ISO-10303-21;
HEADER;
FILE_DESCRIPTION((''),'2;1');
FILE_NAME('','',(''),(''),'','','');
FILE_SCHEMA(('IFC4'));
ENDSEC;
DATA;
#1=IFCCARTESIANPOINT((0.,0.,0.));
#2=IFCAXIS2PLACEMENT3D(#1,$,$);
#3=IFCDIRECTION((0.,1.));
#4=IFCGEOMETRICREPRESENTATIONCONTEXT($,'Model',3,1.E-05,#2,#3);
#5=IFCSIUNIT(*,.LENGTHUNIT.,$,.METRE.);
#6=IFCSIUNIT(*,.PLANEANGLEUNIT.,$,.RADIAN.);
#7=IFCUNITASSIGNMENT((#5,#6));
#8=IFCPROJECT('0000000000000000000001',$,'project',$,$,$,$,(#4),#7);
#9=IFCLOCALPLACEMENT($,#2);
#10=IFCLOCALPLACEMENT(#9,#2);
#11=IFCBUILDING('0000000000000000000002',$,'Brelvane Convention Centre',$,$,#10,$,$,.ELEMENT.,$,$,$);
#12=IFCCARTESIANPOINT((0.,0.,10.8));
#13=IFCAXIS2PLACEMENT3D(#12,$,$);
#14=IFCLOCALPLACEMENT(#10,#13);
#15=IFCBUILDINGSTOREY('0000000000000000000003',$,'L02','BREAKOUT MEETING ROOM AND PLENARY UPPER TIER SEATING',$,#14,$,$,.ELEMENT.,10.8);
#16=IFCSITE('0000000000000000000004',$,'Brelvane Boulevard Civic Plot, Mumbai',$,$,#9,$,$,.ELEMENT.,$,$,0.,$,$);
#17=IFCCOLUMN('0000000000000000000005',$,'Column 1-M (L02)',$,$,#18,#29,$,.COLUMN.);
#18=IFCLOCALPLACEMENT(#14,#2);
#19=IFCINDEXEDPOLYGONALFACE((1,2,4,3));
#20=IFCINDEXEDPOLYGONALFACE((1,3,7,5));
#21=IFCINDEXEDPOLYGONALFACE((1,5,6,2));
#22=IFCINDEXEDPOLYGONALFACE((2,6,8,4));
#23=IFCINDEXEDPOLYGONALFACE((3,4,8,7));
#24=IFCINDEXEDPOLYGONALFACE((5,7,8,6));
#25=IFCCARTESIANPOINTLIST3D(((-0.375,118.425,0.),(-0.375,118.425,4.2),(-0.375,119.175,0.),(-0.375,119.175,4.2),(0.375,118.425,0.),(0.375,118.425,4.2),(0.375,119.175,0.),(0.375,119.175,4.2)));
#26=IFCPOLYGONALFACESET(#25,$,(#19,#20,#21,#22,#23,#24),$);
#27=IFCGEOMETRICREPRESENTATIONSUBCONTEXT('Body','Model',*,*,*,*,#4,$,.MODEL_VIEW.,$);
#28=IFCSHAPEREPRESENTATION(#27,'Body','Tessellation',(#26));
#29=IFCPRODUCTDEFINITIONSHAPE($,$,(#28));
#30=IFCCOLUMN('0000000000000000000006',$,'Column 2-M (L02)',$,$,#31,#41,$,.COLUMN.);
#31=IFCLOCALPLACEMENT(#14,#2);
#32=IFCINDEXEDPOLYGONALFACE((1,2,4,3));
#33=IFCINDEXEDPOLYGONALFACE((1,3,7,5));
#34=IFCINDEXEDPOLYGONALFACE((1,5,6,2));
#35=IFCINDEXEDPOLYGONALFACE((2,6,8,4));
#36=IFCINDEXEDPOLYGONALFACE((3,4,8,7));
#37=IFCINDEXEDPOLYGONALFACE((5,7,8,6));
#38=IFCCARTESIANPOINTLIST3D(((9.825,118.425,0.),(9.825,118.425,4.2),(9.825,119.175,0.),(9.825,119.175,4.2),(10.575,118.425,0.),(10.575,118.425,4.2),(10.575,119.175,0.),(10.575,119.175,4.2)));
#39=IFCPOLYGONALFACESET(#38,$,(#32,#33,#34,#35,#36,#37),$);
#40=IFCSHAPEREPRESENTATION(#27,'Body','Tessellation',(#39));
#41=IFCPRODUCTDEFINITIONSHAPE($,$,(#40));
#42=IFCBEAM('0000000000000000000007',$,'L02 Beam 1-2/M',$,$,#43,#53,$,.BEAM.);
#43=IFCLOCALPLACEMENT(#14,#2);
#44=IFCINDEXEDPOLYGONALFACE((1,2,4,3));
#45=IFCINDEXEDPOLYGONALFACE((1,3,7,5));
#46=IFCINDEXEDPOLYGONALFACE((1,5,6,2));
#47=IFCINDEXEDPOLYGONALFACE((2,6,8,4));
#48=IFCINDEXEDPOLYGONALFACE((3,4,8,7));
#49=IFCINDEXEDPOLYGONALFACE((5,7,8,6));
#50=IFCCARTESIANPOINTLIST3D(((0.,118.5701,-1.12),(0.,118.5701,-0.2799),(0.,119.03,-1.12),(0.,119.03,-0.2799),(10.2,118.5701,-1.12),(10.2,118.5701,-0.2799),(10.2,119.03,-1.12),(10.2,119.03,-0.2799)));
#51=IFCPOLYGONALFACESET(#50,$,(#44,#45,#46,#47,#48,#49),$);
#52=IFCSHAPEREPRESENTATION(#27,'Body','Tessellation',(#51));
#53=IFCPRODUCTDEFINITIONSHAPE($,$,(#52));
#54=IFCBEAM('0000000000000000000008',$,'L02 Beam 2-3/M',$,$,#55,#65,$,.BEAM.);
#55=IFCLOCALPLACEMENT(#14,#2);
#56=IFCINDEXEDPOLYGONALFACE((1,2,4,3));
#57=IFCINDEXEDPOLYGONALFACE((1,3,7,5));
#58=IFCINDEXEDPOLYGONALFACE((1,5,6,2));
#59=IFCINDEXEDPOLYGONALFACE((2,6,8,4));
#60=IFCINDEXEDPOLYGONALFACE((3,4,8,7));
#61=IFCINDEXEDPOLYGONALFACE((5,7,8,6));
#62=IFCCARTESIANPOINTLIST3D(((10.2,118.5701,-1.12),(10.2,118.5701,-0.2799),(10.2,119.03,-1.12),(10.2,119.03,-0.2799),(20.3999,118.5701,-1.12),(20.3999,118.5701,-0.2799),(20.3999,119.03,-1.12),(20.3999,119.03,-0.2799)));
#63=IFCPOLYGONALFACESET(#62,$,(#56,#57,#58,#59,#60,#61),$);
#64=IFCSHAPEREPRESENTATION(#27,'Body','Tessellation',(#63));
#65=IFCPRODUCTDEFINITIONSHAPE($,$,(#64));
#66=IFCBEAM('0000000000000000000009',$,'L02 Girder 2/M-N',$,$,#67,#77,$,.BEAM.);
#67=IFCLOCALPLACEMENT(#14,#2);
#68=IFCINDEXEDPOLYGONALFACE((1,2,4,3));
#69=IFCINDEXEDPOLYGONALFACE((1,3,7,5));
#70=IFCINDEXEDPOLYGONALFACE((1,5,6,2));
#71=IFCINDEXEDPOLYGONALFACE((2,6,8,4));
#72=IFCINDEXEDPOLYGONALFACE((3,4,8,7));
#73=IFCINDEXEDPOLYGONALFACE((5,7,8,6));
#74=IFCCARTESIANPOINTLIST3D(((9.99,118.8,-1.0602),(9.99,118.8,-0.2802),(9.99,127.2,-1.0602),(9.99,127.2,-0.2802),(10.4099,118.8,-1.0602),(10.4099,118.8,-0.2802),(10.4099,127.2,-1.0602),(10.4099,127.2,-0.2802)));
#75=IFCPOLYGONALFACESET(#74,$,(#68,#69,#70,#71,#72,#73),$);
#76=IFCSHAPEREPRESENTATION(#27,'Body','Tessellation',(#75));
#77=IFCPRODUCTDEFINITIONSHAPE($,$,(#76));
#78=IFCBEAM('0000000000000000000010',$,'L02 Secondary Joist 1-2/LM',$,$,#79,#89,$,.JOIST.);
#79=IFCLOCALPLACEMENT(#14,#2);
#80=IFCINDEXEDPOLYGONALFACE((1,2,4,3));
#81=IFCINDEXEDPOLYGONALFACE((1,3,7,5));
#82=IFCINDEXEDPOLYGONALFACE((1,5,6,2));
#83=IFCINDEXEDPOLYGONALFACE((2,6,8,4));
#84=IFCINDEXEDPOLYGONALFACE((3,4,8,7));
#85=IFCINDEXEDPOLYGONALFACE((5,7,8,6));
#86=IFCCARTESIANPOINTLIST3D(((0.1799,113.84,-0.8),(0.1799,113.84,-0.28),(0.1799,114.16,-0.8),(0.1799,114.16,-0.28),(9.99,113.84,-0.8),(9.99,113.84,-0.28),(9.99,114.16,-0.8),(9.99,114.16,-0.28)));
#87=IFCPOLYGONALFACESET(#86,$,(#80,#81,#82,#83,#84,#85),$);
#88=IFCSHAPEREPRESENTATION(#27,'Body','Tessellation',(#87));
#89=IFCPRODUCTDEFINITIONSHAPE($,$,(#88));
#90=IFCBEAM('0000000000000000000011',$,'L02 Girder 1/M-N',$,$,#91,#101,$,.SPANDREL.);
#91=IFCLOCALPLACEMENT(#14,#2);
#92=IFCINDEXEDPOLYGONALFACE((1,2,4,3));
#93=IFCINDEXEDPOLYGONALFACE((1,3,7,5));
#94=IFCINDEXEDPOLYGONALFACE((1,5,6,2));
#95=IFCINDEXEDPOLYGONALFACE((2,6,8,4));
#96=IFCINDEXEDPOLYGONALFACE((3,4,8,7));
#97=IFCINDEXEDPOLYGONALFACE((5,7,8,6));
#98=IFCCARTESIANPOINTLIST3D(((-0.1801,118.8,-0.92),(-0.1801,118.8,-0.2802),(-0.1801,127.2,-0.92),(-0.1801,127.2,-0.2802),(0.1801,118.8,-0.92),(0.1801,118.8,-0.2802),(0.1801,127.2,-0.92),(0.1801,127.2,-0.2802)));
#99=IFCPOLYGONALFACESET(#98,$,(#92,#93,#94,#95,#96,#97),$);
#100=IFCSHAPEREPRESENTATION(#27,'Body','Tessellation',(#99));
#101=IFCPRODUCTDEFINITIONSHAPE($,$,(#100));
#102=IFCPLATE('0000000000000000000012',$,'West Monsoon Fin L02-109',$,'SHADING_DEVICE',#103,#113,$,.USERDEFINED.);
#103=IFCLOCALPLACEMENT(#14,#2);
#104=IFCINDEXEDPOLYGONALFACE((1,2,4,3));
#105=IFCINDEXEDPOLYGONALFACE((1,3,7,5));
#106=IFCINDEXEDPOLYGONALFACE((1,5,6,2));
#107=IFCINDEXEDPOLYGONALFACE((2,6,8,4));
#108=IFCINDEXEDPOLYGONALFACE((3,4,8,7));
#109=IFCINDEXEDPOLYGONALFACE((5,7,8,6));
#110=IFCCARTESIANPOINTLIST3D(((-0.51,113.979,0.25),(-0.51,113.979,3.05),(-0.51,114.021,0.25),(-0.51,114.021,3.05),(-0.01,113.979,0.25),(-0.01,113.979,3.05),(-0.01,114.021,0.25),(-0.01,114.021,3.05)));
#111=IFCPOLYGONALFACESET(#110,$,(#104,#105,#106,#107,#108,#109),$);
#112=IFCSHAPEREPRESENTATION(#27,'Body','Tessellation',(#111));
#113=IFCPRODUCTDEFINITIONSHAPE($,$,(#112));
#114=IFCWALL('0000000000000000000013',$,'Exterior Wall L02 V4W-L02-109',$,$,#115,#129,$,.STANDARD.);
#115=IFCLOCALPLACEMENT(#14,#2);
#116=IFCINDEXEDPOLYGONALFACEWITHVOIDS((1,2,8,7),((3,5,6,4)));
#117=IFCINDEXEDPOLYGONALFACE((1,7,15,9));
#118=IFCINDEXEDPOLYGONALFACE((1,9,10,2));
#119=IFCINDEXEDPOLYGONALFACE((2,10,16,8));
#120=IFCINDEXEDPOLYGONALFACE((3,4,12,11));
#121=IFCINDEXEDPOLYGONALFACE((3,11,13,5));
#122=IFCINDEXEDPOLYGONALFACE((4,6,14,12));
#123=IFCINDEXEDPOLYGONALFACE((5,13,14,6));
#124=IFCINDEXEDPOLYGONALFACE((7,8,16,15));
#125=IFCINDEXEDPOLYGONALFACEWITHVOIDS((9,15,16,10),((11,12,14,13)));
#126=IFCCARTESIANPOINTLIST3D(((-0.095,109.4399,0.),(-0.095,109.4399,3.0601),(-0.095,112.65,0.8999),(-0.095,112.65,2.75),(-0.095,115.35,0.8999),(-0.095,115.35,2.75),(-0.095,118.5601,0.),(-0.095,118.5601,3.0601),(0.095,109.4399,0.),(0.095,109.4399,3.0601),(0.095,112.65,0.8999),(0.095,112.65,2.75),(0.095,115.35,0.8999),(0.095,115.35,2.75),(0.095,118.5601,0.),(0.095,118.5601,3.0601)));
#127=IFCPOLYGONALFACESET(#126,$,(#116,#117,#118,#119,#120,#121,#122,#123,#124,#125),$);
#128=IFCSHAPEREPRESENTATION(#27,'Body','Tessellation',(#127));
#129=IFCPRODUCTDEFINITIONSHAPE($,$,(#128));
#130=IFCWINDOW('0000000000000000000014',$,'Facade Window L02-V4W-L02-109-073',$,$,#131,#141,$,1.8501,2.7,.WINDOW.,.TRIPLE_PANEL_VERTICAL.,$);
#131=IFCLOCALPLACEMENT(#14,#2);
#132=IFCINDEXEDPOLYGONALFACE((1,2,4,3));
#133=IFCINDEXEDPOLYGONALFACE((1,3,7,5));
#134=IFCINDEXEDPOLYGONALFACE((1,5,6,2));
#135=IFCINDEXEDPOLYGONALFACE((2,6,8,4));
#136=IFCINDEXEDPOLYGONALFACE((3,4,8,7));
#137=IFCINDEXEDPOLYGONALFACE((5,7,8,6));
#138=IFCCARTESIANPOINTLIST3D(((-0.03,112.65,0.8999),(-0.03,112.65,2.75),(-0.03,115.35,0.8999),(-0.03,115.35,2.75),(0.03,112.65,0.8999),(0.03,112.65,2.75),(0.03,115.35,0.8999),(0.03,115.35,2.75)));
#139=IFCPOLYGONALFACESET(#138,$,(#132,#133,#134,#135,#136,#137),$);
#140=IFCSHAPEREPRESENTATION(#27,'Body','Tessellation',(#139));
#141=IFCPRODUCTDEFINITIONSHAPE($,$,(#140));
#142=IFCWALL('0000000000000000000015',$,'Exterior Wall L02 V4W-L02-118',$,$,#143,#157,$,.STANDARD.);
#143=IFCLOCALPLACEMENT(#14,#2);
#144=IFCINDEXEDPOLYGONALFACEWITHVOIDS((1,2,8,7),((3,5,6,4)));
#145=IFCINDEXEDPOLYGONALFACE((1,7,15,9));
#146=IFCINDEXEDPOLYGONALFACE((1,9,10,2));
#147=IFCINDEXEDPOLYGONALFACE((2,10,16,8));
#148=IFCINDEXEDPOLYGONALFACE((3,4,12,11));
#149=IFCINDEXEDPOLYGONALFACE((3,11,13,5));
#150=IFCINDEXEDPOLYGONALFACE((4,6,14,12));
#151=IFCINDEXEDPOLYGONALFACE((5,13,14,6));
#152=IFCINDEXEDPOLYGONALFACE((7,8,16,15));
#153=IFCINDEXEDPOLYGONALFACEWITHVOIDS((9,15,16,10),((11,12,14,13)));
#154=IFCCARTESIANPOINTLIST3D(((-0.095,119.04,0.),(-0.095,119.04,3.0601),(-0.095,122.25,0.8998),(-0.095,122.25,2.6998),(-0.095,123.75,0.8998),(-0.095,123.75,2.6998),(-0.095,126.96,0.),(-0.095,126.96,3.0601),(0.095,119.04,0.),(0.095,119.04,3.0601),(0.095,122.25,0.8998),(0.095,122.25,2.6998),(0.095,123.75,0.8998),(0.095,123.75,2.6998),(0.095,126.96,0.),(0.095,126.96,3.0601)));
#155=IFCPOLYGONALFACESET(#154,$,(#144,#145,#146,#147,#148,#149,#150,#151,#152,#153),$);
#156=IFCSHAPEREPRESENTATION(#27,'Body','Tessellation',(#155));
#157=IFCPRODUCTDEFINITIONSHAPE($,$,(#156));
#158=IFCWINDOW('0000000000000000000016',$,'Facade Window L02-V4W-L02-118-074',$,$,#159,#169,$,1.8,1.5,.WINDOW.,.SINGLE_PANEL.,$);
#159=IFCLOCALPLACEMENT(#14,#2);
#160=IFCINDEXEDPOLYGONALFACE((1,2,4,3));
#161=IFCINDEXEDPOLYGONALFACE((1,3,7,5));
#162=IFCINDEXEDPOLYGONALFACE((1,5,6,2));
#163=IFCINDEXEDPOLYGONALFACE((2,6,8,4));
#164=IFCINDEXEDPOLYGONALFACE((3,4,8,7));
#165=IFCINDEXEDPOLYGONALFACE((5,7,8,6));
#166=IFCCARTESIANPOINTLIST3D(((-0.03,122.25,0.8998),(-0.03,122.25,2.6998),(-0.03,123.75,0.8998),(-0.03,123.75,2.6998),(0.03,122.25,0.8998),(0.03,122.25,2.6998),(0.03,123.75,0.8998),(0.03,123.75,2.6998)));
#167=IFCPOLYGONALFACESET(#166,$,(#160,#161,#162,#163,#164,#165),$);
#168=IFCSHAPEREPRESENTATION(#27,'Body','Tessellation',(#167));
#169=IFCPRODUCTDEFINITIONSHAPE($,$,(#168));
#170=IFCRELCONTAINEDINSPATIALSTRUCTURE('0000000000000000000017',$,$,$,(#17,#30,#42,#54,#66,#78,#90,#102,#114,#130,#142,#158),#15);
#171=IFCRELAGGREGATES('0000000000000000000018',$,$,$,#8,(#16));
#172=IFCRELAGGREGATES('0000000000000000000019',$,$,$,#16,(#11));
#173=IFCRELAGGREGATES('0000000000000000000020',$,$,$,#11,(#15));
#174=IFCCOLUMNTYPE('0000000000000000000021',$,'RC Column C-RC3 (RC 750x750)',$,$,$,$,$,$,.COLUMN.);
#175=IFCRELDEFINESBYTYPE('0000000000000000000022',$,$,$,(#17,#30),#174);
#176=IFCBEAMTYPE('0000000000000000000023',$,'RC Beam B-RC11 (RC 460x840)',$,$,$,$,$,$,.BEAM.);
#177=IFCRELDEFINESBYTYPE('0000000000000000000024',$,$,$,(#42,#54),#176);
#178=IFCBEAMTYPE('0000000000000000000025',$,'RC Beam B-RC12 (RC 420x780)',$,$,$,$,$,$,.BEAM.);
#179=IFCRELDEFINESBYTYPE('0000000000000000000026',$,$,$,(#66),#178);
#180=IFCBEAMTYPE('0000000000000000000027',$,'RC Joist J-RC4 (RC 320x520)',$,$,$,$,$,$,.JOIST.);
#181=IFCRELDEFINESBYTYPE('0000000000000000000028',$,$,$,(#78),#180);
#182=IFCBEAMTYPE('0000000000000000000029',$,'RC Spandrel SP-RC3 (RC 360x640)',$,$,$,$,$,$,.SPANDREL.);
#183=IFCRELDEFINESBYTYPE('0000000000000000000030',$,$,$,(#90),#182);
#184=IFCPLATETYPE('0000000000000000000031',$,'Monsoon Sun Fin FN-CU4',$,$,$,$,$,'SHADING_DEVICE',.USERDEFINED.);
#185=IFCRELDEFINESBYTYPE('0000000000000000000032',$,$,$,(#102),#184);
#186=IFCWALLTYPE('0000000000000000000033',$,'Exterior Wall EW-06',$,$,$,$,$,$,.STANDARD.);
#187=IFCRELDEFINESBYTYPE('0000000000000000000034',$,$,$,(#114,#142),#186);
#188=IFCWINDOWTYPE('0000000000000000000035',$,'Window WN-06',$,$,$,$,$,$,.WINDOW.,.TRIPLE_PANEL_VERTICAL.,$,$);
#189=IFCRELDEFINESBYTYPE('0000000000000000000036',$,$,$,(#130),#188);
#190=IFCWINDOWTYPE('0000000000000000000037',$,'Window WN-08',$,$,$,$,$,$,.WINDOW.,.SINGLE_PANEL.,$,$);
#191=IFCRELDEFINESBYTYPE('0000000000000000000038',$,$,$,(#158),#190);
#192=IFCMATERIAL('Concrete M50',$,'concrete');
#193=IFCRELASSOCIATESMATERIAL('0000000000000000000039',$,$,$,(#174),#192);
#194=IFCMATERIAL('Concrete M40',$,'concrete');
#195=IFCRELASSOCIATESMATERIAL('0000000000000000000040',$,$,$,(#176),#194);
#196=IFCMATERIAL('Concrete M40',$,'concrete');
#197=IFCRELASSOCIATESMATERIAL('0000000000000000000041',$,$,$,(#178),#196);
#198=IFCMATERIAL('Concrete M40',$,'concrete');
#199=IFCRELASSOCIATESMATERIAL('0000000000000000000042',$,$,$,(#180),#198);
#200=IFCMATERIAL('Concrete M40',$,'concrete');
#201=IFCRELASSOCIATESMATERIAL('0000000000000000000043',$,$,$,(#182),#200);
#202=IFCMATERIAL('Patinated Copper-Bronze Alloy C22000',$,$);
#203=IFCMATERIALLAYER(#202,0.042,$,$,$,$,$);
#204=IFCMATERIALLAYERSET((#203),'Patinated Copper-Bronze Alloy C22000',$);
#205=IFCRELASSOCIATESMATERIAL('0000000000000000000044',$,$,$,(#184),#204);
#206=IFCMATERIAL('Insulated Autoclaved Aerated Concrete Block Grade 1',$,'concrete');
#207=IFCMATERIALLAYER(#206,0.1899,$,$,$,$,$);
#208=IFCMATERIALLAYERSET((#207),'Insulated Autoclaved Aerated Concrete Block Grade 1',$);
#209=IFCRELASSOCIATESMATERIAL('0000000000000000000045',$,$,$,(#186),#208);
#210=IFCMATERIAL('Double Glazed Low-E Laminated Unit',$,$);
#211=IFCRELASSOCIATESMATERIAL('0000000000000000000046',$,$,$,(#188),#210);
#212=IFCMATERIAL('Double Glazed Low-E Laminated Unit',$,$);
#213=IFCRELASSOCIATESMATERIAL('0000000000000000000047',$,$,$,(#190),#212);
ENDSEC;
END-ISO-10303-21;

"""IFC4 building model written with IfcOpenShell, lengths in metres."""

from ifc_helpers import new_model, si_unit, direction, frame, frame_2d, origin, origin_2d, place, context, subcontext, project, spatial, rectangle, extrude, material, layer, layer_set, material_profile, profile_set, type_object, element, fill, save


model = new_model("IFC4")

# Units and contexts
model_context = context("Model", 3, precision=1e-05, world=origin(), true_north=direction((0.0, 1.0)))
body_context = subcontext(model_context, "Body", "Model", "MODEL_VIEW")
ifc_project = project(units=[si_unit("LENGTHUNIT", "METRE"), si_unit("PLANEANGLEUNIT", "RADIAN")], contexts=[model_context])

# Site, building, storey
site_placement = place(None, origin())
site = spatial("IfcSite", under=ifc_project, at=site_placement, Name="Brelvane Boulevard Civic Plot, Mumbai", CompositionType="ELEMENT", RefElevation=0.0)
building_placement = place(site_placement, origin())
building = spatial("IfcBuilding", under=site, at=building_placement, Name="Brelvane Convention Centre", CompositionType="ELEMENT")
storey_placement = place(building_placement, frame((0.0, 0.0, 10.8)))
storey = spatial("IfcBuildingStorey", under=building, at=storey_placement, Name="L02", Description="BREAKOUT MEETING ROOM AND PLENARY UPPER TIER SEATING", CompositionType="ELEMENT", Elevation=10.8)

# Columns
ifc_material_1 = material(Name="Concrete M50", Category="concrete")
ifc_material_profile_1 = material_profile(ifc_material_1, rectangle(XDim=0.75, YDim=0.75, at=origin_2d()), Name="RC 750x750")
ifc_profile_set_1 = profile_set([ifc_material_profile_1], Name="Concrete M50")
column_type = type_object("IfcColumnType", Name="RC Column C-RC3 (RC 750x750)", PredefinedType="COLUMN", material=ifc_profile_set_1)
for number, where, z_axis, x_axis, name in (
    (1, (0.0, 118.8, 0.0), (0.0, 0.0, 1.0), (1.0, 0.0, 0.0), "Column 1-M (L02)"),
    (2, (10.2, 118.8, 0.0), (0.0, 0.0, 1.0), (1.0, 0.0, 0.0), "Column 2-M (L02)"),
):
    element("IfcColumn", number, at=place(storey_placement, frame(where, z_axis=z_axis, x_axis=x_axis)), inside=storey, type_object=column_type, Name=name, PredefinedType="COLUMN", context=body_context, shape_type="SweptSolid", body=[
        extrude(rectangle(XDim=0.75, YDim=0.75, at=origin_2d()), origin(), (0.0, 0.0, 1.0), 4.2),
    ])

# Beams
ifc_material_2 = material(Name="Concrete M40", Category="concrete")
ifc_material_profile_2 = material_profile(ifc_material_2, rectangle(XDim=0.46, YDim=0.8401, at=origin_2d()), Name="RC 460x840")
ifc_profile_set_2 = profile_set([ifc_material_profile_2], Name="Concrete M40")
beam_type_1 = type_object("IfcBeamType", Name="RC Beam B-RC11 (RC 460x840)", PredefinedType="BEAM", material=ifc_profile_set_2)
for number, where, z_axis, x_axis, name in (
    (3, (0.0, 118.8, -0.7), (1.0, 0.0, 0.0), (0.0, 1.0, 0.0), "L02 Beam 1-2/M"),
    (4, (10.2, 118.8, -0.7), (1.0, 0.0, 0.0), (0.0, 1.0, 0.0), "L02 Beam 2-3/M"),
):
    element("IfcBeam", number, at=place(storey_placement, frame(where, z_axis=z_axis, x_axis=x_axis)), inside=storey, type_object=beam_type_1, Name=name, PredefinedType="BEAM", context=body_context, shape_type="SweptSolid", body=[
        extrude(rectangle(XDim=0.46, YDim=0.8401, at=origin_2d()), origin(), (0.0, 0.0, 1.0), 10.2),
    ])
ifc_material_3 = material(Name="Concrete M40", Category="concrete")
ifc_material_profile_3 = material_profile(ifc_material_3, rectangle(XDim=0.4199, YDim=0.78, at=origin_2d()), Name="RC 420x780")
ifc_profile_set_3 = profile_set([ifc_material_profile_3], Name="Concrete M40")
beam_type_2 = type_object("IfcBeamType", Name="RC Beam B-RC12 (RC 420x780)", PredefinedType="BEAM", material=ifc_profile_set_3)
beam_1_placement = place(storey_placement, frame((10.2, 118.8, -0.6702), z_axis=(0.0, 1.0, 0.0), x_axis=(-1.0, 0.0, 0.0)))
element("IfcBeam", 5, at=beam_1_placement, inside=storey, type_object=beam_type_2, Name="L02 Girder 2/M-N", PredefinedType="BEAM", context=body_context, shape_type="SweptSolid", body=[
    extrude(rectangle(XDim=0.4199, YDim=0.78, at=origin_2d()), origin(), (0.0, 0.0, 1.0), 8.3999),
])
ifc_material_4 = material(Name="Concrete M40", Category="concrete")
ifc_material_profile_4 = material_profile(ifc_material_4, rectangle(XDim=0.3201, YDim=0.52, at=origin_2d()), Name="RC 320x520")
ifc_profile_set_4 = profile_set([ifc_material_profile_4], Name="Concrete M40")
beam_type_3 = type_object("IfcBeamType", Name="RC Joist J-RC4 (RC 320x520)", PredefinedType="JOIST", material=ifc_profile_set_4)
beam_2_placement = place(storey_placement, frame((0.1799, 114.0, -0.54), z_axis=(1.0, 0.0, 0.0), x_axis=(0.0, 1.0, 0.0)))
element("IfcBeam", 6, at=beam_2_placement, inside=storey, type_object=beam_type_3, Name="L02 Secondary Joist 1-2/LM", PredefinedType="JOIST", context=body_context, shape_type="SweptSolid", body=[
    extrude(rectangle(XDim=0.3201, YDim=0.52, at=origin_2d()), origin(), (0.0, 0.0, 1.0), 9.8101),
])
ifc_material_5 = material(Name="Concrete M40", Category="concrete")
ifc_material_profile_5 = material_profile(ifc_material_5, rectangle(XDim=0.3601, YDim=0.6399, at=origin_2d()), Name="RC 360x640")
ifc_profile_set_5 = profile_set([ifc_material_profile_5], Name="Concrete M40")
beam_type_4 = type_object("IfcBeamType", Name="RC Spandrel SP-RC3 (RC 360x640)", PredefinedType="SPANDREL", material=ifc_profile_set_5)
beam_3_placement = place(storey_placement, frame((0.0, 118.8, -0.6001), z_axis=(0.0, 1.0, 0.0), x_axis=(-1.0, 0.0, 0.0)))
element("IfcBeam", 7, at=beam_3_placement, inside=storey, type_object=beam_type_4, Name="L02 Girder 1/M-N", PredefinedType="SPANDREL", context=body_context, shape_type="SweptSolid", body=[
    extrude(rectangle(XDim=0.3601, YDim=0.6399, at=origin_2d()), origin(), (0.0, 0.0, 1.0), 8.3999),
])

# Plate
ifc_material_6 = material(Name="Patinated Copper-Bronze Alloy C22000")
ifc_layer_1 = layer(ifc_material_6, 0.042)
ifc_layer_set_1 = layer_set([ifc_layer_1], Name="Patinated Copper-Bronze Alloy C22000")
plate_type = type_object("IfcPlateType", Name="Monsoon Sun Fin FN-CU4", ElementType="SHADING_DEVICE", PredefinedType="USERDEFINED", material=ifc_layer_set_1)
plate_placement = place(storey_placement, frame((-0.26, 114.0, 0.25), z_axis=(0.0, 0.0, 1.0), x_axis=(1.0, 0.0, 0.0)))
element("IfcPlate", 8, at=plate_placement, inside=storey, type_object=plate_type, Name="West Monsoon Fin L02-109", ObjectType="SHADING_DEVICE", PredefinedType="USERDEFINED", context=body_context, shape_type="SweptSolid", body=[
    extrude(rectangle(XDim=0.5, YDim=0.042, at=origin_2d()), origin(), (0.0, 0.0, 1.0), 2.8),
])

# Walls, openings, windows
ifc_material_7 = material(Name="Insulated Autoclaved Aerated Concrete Block Grade 1", Category="concrete")
ifc_layer_2 = layer(ifc_material_7, 0.1899)
ifc_layer_set_2 = layer_set([ifc_layer_2], Name="Insulated Autoclaved Aerated Concrete Block Grade 1")
wall_type_1 = type_object("IfcWallType", Name="Exterior Wall EW-06", PredefinedType="STANDARD", material=ifc_layer_set_2)
wall_1_placement = place(storey_placement, frame((0.0, 109.4399, 0.0), z_axis=(0.0, 0.0, 1.0), x_axis=(0.0, 1.0, 0.0)))
wall_1 = element("IfcWall", 9, at=wall_1_placement, inside=storey, type_object=wall_type_1, Name="Exterior Wall L02 V4W-L02-109", PredefinedType="STANDARD", context=body_context, shape_type="SweptSolid", body=[
    extrude(rectangle(XDim=9.1201, YDim=0.1899, at=frame_2d((4.5601, 0.0))), origin(), (0.0, 0.0, 1.0), 3.0601),
])
opening_1_placement = place(wall_1_placement, frame((3.21, 0.0, 0.8999)))
opening_1 = element("IfcOpeningElement", 10, at=opening_1_placement, cuts=wall_1, PredefinedType="OPENING", context=body_context, shape_type="SweptSolid", body=[
    extrude(rectangle(XDim=2.7, YDim=1.8501, at=frame_2d((1.3501, 0.925))), frame((0.0, 0.105, 0.0), z_axis=(0.0, -1.0, 0.0), x_axis=(1.0, 0.0, 0.0)), (0.0, 0.0, 1.0), 0.21),
])
ifc_material_8 = material(Name="Double Glazed Low-E Laminated Unit")
window_type_1 = type_object("IfcWindowType", Name="Window WN-06", PartitioningType="TRIPLE_PANEL_VERTICAL", PredefinedType="WINDOW", material=ifc_material_8)
window_1_placement = place(opening_1_placement, origin())
window_1 = element("IfcWindow", 11, at=window_1_placement, inside=storey, type_object=window_type_1, Name="Facade Window L02-V4W-L02-109-073", OverallHeight=1.8501, OverallWidth=2.7, PartitioningType="TRIPLE_PANEL_VERTICAL", PredefinedType="WINDOW", context=body_context, shape_type="SweptSolid", body=[
    extrude(rectangle(XDim=2.7, YDim=1.8501, at=frame_2d((1.3501, 0.925))), frame((0.0, 0.03, 0.0), z_axis=(0.0, -1.0, 0.0), x_axis=(1.0, 0.0, 0.0)), (0.0, 0.0, 1.0), 0.0601),
])
fill(opening_1, window_1)
wall_2_placement = place(storey_placement, frame((0.0, 119.04, 0.0), z_axis=(0.0, 0.0, 1.0), x_axis=(0.0, 1.0, 0.0)))
wall_2 = element("IfcWall", 12, at=wall_2_placement, inside=storey, type_object=wall_type_1, Name="Exterior Wall L02 V4W-L02-118", PredefinedType="STANDARD", context=body_context, shape_type="SweptSolid", body=[
    extrude(rectangle(XDim=7.9199, YDim=0.1899, at=frame_2d((3.96, 0.0))), origin(), (0.0, 0.0, 1.0), 3.0601),
])
opening_2_placement = place(wall_2_placement, frame((3.21, 0.0, 0.8999)))
opening_2 = element("IfcOpeningElement", 13, at=opening_2_placement, cuts=wall_2, PredefinedType="OPENING", context=body_context, shape_type="SweptSolid", body=[
    extrude(rectangle(XDim=1.5, YDim=1.8, at=frame_2d((0.75, 0.8999))), frame((0.0, 0.105, 0.0), z_axis=(0.0, -1.0, 0.0), x_axis=(1.0, 0.0, 0.0)), (0.0, 0.0, 1.0), 0.21),
])
ifc_material_9 = material(Name="Double Glazed Low-E Laminated Unit")
window_type_2 = type_object("IfcWindowType", Name="Window WN-08", PartitioningType="SINGLE_PANEL", PredefinedType="WINDOW", material=ifc_material_9)
window_2_placement = place(opening_2_placement, origin())
window_2 = element("IfcWindow", 14, at=window_2_placement, inside=storey, type_object=window_type_2, Name="Facade Window L02-V4W-L02-118-074", OverallHeight=1.8, OverallWidth=1.5, PartitioningType="SINGLE_PANEL", PredefinedType="WINDOW", context=body_context, shape_type="SweptSolid", body=[
    extrude(rectangle(XDim=1.5, YDim=1.8, at=frame_2d((0.75, 0.8999))), frame((0.0, 0.03, 0.0), z_axis=(0.0, -1.0, 0.0), x_axis=(1.0, 0.0, 0.0)), (0.0, 0.0, 1.0), 0.0601),
])
fill(opening_2, window_2)

save(model, "model.ifc")
